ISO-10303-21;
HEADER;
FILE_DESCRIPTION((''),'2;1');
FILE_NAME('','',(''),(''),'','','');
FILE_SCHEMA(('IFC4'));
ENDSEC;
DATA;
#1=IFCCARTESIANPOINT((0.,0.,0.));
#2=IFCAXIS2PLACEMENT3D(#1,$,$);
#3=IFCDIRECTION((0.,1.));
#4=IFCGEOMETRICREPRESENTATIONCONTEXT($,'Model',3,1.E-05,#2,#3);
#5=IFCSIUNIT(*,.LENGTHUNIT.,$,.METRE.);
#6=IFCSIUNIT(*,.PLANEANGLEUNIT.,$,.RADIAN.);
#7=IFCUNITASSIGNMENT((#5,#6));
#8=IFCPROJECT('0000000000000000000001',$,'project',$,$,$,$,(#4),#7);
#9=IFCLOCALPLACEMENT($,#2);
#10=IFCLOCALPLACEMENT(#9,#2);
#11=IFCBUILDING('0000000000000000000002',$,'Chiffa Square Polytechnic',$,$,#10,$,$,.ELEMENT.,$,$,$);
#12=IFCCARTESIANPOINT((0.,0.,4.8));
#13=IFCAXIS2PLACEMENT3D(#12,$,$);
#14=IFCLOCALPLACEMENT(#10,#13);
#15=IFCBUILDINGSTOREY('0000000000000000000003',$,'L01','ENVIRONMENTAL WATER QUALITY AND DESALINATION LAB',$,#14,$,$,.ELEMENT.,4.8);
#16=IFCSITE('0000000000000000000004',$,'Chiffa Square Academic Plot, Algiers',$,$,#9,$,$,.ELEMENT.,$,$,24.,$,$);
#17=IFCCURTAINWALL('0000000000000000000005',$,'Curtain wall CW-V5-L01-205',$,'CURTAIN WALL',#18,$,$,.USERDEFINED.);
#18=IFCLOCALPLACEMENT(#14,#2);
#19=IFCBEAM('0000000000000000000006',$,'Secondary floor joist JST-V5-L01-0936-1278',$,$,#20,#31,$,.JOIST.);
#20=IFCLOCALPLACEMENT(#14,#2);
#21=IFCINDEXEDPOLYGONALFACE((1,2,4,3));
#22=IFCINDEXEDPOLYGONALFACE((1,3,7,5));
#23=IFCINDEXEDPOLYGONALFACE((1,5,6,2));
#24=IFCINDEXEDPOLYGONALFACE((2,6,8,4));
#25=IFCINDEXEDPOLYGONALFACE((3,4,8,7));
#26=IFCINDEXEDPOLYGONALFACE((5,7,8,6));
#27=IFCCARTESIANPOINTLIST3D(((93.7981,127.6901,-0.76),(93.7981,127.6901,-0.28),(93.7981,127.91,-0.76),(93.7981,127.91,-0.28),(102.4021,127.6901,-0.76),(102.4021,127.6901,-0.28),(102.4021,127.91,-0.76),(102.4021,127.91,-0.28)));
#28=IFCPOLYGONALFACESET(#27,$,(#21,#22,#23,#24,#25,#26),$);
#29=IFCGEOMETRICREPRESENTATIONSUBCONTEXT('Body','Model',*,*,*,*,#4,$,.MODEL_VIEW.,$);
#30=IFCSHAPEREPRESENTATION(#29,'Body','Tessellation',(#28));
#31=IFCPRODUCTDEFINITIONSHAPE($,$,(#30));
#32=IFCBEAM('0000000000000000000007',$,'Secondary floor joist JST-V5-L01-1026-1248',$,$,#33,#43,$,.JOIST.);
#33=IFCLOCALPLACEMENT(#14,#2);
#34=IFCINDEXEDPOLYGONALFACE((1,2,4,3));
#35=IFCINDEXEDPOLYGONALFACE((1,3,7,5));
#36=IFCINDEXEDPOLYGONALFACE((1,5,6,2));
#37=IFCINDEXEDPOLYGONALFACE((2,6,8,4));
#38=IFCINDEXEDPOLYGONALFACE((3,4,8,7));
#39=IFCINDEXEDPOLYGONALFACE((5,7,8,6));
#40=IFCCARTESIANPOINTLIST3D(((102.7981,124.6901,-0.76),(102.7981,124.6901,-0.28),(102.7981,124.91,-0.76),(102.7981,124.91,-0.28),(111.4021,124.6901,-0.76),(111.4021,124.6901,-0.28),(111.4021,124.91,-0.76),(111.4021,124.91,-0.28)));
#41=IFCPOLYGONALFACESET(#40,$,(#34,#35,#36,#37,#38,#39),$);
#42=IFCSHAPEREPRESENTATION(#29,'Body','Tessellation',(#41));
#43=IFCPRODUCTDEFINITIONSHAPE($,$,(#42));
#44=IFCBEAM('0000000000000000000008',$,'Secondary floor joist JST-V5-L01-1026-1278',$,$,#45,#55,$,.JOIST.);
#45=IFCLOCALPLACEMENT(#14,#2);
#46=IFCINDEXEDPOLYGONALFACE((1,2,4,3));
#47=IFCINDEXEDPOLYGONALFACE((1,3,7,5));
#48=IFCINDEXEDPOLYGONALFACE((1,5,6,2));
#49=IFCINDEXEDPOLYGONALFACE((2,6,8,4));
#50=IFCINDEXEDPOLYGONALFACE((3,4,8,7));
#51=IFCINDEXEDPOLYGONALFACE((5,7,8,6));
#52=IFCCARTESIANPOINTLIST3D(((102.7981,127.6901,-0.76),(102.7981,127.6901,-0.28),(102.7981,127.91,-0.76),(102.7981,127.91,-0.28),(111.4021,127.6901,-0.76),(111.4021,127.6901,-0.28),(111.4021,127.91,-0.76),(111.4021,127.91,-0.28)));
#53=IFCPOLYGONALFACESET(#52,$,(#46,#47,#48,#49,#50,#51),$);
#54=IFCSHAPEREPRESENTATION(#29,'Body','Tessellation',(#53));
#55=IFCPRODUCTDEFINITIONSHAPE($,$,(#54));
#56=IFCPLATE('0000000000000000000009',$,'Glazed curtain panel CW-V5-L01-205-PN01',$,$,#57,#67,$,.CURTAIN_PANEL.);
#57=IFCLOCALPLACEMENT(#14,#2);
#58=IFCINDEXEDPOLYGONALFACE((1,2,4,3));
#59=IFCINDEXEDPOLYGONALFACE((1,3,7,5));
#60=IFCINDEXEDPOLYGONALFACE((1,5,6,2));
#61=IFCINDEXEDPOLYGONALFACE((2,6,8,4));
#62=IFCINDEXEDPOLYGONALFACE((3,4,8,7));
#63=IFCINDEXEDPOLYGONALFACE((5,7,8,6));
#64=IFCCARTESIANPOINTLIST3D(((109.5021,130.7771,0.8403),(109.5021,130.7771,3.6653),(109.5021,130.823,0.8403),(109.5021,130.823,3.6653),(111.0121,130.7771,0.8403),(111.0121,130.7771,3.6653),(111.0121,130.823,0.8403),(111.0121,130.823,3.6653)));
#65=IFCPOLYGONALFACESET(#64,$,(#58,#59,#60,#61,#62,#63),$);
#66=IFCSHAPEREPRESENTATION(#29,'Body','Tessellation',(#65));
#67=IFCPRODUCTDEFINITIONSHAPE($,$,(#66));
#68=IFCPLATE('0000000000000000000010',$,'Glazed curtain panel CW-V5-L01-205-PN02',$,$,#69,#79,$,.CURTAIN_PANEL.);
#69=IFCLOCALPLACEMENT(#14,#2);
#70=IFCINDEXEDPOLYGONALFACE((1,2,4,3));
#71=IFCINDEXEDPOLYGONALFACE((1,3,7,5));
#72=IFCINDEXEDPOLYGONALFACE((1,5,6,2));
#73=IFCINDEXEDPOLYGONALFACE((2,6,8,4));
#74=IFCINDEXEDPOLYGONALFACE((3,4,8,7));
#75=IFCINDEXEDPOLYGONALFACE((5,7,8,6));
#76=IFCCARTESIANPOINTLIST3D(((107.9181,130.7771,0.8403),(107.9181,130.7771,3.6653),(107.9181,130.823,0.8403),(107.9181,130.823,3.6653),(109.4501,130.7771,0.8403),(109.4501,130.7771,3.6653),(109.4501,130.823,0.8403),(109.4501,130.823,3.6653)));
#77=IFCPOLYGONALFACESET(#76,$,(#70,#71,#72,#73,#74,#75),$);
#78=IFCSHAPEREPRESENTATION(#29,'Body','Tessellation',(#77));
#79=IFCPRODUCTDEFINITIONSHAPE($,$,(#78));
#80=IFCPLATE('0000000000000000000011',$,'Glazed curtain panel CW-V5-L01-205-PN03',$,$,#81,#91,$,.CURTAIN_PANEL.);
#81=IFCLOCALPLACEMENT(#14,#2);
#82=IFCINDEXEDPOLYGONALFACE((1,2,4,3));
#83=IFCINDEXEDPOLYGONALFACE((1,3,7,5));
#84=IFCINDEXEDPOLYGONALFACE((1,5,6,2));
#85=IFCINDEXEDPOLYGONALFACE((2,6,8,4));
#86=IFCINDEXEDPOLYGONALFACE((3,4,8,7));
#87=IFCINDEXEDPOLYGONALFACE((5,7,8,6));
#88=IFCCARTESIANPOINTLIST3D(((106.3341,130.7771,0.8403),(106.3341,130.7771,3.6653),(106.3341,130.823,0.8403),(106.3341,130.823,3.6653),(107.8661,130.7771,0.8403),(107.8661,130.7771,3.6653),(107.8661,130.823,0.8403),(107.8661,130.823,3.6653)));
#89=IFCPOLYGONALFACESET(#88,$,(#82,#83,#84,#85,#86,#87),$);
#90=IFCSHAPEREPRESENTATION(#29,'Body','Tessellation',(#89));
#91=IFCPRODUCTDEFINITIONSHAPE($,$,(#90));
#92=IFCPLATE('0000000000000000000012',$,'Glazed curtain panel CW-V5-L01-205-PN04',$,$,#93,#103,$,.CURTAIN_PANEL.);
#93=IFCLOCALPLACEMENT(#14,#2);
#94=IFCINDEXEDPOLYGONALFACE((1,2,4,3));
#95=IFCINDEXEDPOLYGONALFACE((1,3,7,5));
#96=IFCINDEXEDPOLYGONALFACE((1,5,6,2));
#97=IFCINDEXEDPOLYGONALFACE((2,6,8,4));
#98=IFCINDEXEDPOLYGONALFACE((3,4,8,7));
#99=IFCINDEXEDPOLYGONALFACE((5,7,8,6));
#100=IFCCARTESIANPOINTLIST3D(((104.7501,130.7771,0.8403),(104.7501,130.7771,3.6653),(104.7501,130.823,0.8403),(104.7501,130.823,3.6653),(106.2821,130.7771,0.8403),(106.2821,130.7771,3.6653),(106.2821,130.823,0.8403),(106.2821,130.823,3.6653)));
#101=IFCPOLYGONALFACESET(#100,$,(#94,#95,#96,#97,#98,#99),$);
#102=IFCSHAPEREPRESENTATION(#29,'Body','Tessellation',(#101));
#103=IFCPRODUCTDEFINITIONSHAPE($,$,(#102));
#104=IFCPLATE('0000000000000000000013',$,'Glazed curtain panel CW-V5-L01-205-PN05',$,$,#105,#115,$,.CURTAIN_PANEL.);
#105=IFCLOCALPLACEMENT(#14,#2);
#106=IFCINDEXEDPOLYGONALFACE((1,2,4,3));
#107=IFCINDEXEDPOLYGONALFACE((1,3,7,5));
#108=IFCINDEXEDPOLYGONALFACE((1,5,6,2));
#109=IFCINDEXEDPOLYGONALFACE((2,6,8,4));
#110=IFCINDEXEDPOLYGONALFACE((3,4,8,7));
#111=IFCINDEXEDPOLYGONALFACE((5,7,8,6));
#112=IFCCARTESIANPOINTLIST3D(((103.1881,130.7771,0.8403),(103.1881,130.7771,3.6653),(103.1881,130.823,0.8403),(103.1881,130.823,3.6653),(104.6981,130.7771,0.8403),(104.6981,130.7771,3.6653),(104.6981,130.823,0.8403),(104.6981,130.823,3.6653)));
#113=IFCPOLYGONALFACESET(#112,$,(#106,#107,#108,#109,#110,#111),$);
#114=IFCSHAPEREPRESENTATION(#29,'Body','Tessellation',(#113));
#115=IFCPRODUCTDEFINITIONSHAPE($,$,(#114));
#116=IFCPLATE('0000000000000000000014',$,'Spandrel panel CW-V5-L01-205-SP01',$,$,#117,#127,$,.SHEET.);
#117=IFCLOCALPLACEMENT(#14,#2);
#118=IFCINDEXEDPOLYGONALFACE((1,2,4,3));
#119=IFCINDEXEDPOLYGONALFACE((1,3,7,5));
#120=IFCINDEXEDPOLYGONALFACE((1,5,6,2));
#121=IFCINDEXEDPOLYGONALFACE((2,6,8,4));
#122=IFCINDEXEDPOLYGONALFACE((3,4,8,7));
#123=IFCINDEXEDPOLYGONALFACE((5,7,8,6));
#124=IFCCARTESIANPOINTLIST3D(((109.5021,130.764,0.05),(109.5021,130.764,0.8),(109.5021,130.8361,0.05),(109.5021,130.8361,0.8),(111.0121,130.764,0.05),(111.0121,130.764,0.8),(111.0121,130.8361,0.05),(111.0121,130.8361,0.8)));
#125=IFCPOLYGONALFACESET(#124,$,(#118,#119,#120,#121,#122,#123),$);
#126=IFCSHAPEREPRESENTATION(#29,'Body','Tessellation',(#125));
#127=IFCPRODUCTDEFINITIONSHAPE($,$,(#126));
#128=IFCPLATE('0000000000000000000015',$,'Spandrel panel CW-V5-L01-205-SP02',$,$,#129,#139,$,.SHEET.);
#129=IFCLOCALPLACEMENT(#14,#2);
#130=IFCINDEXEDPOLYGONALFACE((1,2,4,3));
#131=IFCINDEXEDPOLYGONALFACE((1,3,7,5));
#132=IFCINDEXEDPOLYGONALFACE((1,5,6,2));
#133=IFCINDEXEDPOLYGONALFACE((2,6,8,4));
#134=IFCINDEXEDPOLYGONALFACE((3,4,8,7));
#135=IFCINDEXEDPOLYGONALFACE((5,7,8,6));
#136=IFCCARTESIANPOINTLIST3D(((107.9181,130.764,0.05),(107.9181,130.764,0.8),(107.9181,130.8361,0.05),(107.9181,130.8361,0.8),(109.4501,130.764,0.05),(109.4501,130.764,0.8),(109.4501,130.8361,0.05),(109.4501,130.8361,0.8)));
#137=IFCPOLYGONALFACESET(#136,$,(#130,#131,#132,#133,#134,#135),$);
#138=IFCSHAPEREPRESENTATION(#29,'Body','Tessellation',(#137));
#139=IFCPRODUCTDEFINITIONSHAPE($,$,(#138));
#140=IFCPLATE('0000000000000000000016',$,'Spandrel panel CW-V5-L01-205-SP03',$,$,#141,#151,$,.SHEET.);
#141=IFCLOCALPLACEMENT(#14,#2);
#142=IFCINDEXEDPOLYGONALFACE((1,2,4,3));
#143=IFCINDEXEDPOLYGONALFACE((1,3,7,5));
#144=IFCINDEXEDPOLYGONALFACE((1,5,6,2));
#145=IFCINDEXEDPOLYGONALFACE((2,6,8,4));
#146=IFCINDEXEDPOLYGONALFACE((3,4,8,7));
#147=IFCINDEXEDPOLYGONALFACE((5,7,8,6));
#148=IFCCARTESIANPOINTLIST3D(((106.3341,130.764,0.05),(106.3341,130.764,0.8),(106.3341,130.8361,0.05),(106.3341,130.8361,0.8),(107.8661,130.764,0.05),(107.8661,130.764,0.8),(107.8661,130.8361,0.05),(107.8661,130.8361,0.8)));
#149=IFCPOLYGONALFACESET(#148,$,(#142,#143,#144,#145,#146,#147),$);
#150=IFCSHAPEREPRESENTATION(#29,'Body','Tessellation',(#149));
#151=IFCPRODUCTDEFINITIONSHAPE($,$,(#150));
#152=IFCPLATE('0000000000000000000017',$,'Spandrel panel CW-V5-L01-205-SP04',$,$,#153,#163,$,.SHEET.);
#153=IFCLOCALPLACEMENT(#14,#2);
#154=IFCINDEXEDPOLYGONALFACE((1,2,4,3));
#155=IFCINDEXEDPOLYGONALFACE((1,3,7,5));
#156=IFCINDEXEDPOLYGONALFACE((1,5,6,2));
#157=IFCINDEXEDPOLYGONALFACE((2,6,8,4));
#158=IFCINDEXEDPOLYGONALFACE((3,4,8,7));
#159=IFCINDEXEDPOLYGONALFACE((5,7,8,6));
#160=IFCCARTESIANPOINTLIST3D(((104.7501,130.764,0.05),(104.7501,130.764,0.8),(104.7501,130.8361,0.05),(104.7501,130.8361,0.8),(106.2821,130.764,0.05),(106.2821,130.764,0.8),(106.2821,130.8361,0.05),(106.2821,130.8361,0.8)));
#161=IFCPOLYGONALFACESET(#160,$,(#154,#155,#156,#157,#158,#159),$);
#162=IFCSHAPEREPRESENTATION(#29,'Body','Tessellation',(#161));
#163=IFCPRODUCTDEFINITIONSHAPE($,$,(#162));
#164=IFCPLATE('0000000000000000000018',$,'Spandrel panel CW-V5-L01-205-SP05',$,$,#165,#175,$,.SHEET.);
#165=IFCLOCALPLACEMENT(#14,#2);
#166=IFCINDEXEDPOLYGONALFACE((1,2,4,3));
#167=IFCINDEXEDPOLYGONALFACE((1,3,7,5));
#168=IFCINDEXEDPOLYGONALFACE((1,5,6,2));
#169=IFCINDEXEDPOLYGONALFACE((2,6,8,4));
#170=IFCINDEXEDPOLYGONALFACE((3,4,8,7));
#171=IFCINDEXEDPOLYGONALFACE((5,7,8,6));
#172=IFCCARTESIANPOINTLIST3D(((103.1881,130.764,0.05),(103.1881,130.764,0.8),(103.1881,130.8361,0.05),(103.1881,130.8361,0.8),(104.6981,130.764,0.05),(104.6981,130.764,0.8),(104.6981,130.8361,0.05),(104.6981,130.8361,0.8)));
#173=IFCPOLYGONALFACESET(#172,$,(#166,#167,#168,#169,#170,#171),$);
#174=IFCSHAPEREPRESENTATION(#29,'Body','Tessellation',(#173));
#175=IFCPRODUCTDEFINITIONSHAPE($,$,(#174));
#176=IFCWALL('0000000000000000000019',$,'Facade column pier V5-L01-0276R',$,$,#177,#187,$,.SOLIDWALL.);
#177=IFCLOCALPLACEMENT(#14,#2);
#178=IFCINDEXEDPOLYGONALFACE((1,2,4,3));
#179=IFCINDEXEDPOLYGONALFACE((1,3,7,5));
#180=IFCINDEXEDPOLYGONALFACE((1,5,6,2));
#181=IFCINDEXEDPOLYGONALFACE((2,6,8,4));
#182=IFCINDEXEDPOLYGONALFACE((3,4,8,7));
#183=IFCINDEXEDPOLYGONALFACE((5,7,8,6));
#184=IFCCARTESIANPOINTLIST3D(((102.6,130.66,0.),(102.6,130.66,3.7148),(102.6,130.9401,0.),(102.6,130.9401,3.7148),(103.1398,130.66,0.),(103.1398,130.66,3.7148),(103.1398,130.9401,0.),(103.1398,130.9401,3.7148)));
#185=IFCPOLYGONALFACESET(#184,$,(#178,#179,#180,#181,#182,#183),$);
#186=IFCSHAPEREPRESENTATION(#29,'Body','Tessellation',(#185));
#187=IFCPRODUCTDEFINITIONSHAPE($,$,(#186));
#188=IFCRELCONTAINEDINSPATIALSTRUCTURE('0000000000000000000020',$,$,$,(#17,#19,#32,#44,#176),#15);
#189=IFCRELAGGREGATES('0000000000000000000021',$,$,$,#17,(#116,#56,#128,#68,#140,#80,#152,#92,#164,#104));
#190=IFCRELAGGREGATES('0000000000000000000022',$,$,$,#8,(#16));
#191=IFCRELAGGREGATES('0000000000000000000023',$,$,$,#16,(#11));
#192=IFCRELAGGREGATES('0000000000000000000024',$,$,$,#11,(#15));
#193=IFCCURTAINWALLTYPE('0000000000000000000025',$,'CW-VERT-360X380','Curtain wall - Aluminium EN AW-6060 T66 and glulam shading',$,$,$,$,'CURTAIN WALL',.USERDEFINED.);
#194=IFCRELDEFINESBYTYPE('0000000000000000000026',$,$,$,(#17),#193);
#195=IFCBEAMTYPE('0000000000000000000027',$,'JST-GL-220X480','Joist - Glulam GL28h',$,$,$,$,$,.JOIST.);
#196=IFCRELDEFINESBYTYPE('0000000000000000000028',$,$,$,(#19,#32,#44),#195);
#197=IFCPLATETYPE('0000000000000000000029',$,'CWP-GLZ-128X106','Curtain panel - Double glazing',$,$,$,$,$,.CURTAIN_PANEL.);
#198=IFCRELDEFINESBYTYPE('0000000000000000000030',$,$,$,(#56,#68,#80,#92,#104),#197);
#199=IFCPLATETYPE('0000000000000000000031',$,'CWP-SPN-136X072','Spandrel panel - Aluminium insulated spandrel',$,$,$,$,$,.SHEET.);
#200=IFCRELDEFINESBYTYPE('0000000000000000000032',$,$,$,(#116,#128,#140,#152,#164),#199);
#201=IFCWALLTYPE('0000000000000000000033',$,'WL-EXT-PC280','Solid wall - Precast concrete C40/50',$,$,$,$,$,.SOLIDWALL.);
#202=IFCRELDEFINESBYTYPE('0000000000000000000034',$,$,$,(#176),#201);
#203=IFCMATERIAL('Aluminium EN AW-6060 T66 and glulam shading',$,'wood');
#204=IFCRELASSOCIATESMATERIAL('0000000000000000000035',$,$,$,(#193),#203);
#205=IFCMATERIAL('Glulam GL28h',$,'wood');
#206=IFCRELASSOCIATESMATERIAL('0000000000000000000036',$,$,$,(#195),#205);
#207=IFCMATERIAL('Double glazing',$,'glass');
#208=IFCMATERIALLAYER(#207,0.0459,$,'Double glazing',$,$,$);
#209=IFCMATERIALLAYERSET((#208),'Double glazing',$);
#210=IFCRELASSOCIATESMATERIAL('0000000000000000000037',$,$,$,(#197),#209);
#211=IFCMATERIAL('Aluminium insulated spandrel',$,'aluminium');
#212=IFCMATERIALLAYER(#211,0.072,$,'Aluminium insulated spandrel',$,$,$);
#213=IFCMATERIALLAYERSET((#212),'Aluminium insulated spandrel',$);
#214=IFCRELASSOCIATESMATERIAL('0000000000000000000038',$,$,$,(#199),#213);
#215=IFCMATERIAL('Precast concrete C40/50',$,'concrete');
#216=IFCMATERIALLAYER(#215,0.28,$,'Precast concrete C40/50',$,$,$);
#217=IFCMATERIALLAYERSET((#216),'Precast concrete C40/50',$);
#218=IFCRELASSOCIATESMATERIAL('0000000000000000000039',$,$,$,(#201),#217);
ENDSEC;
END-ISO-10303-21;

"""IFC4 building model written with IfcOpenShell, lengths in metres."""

from ifc_helpers import new_model, si_unit, direction, frame, frame_2d, origin, origin_2d, place, context, subcontext, project, spatial, rectangle, extrude, material, layer, layer_set, material_profile, profile_set, type_object, element, aggregate, save


model = new_model("IFC4")

# Units and contexts
model_context = context("Model", 3, precision=1e-05, world=origin(), true_north=direction((0.0, 1.0)))
body_context = subcontext(model_context, "Body", "Model", "MODEL_VIEW")
ifc_project = project(units=[si_unit("LENGTHUNIT", "METRE"), si_unit("PLANEANGLEUNIT", "RADIAN")], contexts=[model_context])

# Site, building, storey
site_placement = place(None, origin())
site = spatial("IfcSite", under=ifc_project, at=site_placement, Name="Chiffa Square Academic Plot, Algiers", CompositionType="ELEMENT", RefElevation=24.0)
building_placement = place(site_placement, origin())
building = spatial("IfcBuilding", under=site, at=building_placement, Name="Chiffa Square Polytechnic", CompositionType="ELEMENT")
storey_placement = place(building_placement, frame((0.0, 0.0, 4.8)))
storey = spatial("IfcBuildingStorey", under=building, at=storey_placement, Name="L01", Description="ENVIRONMENTAL WATER QUALITY AND DESALINATION LAB", CompositionType="ELEMENT", Elevation=4.8)

# Curtain wall
ifc_material_1 = material(Name="Aluminium EN AW-6060 T66 and glulam shading", Category="wood")
curtain_wall_type = type_object("IfcCurtainWallType", Name="CW-VERT-360X380", Description="Curtain wall - Aluminium EN AW-6060 T66 and glulam shading", ElementType="CURTAIN WALL", PredefinedType="USERDEFINED", material=ifc_material_1)
curtain_wall_placement = place(storey_placement, origin())
curtain_wall = element("IfcCurtainWall", 1, at=curtain_wall_placement, inside=storey, type_object=curtain_wall_type, Name="Curtain wall CW-V5-L01-205", ObjectType="CURTAIN WALL", PredefinedType="USERDEFINED")
ifc_material_2 = material(Name="Glulam GL28h", Category="wood")

# Beams
ifc_material_profile_1 = material_profile(ifc_material_2, rectangle(XDim=0.22, YDim=0.48, at=origin_2d()), Name="GL28h 220x480")
ifc_profile_set_1 = profile_set([ifc_material_profile_1], Name="Glulam GL28h")
beam_type_1 = type_object("IfcBeamType", Name="JST-GL-220X480", Description="Joist - Glulam GL28h", PredefinedType="JOIST", material=ifc_profile_set_1)
for number, where, z_axis, x_axis, name in (
    (2, (93.7981, 127.8, -0.52), (1.0, 0.0, 0.0), (0.0, 1.0, 0.0), "Secondary floor joist JST-V5-L01-0936-1278"),
    (3, (102.7981, 124.8, -0.52), (1.0, 0.0, 0.0), (0.0, 1.0, 0.0), "Secondary floor joist JST-V5-L01-1026-1248"),
    (4, (102.7981, 127.8, -0.52), (1.0, 0.0, 0.0), (0.0, 1.0, 0.0), "Secondary floor joist JST-V5-L01-1026-1278"),
):
    element("IfcBeam", number, at=place(storey_placement, frame(where, z_axis=z_axis, x_axis=x_axis)), inside=storey, type_object=beam_type_1, Name=name, PredefinedType="JOIST", context=body_context, shape_type="SweptSolid", body=[
        extrude(rectangle(XDim=0.22, YDim=0.48, at=origin_2d()), origin(), (0.0, 0.0, 1.0), 8.604),
    ])

# Plates
ifc_material_3 = material(Name="Double glazing", Category="glass")
ifc_layer_1 = layer(ifc_material_3, 0.0459, Name="Double glazing")
ifc_layer_set_1 = layer_set([ifc_layer_1], Name="Double glazing")
plate_type_1 = type_object("IfcPlateType", Name="CWP-GLZ-128X106", Description="Curtain panel - Double glazing", PredefinedType="CURTAIN_PANEL", material=ifc_layer_set_1)
plate_1_placement = place(storey_placement, frame((110.2571, 130.8, 0.8403), z_axis=(0.0, 0.0, 1.0), x_axis=(-1.0, 0.0, 0.0)))
plate_1 = element("IfcPlate", 5, at=plate_1_placement, type_object=plate_type_1, Name="Glazed curtain panel CW-V5-L01-205-PN01", PredefinedType="CURTAIN_PANEL", context=body_context, shape_type="SweptSolid", body=[
    extrude(rectangle(XDim=1.51, YDim=0.0459, at=origin_2d()), origin(), (0.0, 0.0, 1.0), 2.825),
])
plate_2_placement = place(storey_placement, frame((108.6841, 130.8, 0.8403), z_axis=(0.0, 0.0, 1.0), x_axis=(-1.0, 0.0, 0.0)))
plate_2 = element("IfcPlate", 6, at=plate_2_placement, type_object=plate_type_1, Name="Glazed curtain panel CW-V5-L01-205-PN02", PredefinedType="CURTAIN_PANEL", context=body_context, shape_type="SweptSolid", body=[
    extrude(rectangle(XDim=1.532, YDim=0.0459, at=origin_2d()), origin(), (0.0, 0.0, 1.0), 2.825),
])
plate_3_placement = place(storey_placement, frame((107.1001, 130.8, 0.8403), z_axis=(0.0, 0.0, 1.0), x_axis=(-1.0, 0.0, 0.0)))
plate_3 = element("IfcPlate", 7, at=plate_3_placement, type_object=plate_type_1, Name="Glazed curtain panel CW-V5-L01-205-PN03", PredefinedType="CURTAIN_PANEL", context=body_context, shape_type="SweptSolid", body=[
    extrude(rectangle(XDim=1.532, YDim=0.0459, at=origin_2d()), origin(), (0.0, 0.0, 1.0), 2.825),
])
plate_4_placement = place(storey_placement, frame((105.5161, 130.8, 0.8403), z_axis=(0.0, 0.0, 1.0), x_axis=(-1.0, 0.0, 0.0)))
plate_4 = element("IfcPlate", 8, at=plate_4_placement, type_object=plate_type_1, Name="Glazed curtain panel CW-V5-L01-205-PN04", PredefinedType="CURTAIN_PANEL", context=body_context, shape_type="SweptSolid", body=[
    extrude(rectangle(XDim=1.532, YDim=0.0459, at=origin_2d()), origin(), (0.0, 0.0, 1.0), 2.825),
])
plate_5_placement = place(storey_placement, frame((103.9431, 130.8, 0.8403), z_axis=(0.0, 0.0, 1.0), x_axis=(-1.0, 0.0, 0.0)))
plate_5 = element("IfcPlate", 9, at=plate_5_placement, type_object=plate_type_1, Name="Glazed curtain panel CW-V5-L01-205-PN05", PredefinedType="CURTAIN_PANEL", context=body_context, shape_type="SweptSolid", body=[
    extrude(rectangle(XDim=1.51, YDim=0.0459, at=origin_2d()), origin(), (0.0, 0.0, 1.0), 2.825),
])
ifc_material_4 = material(Name="Aluminium insulated spandrel", Category="aluminium")
ifc_layer_2 = layer(ifc_material_4, 0.072, Name="Aluminium insulated spandrel")
ifc_layer_set_2 = layer_set([ifc_layer_2], Name="Aluminium insulated spandrel")
plate_type_2 = type_object("IfcPlateType", Name="CWP-SPN-136X072", Description="Spandrel panel - Aluminium insulated spandrel", PredefinedType="SHEET", material=ifc_layer_set_2)
plate_6_placement = place(storey_placement, frame((110.2571, 130.8, 0.05), z_axis=(0.0, 0.0, 1.0), x_axis=(-1.0, 0.0, 0.0)))
plate_6 = element("IfcPlate", 10, at=plate_6_placement, type_object=plate_type_2, Name="Spandrel panel CW-V5-L01-205-SP01", PredefinedType="SHEET", context=body_context, shape_type="SweptSolid", body=[
    extrude(rectangle(XDim=1.51, YDim=0.072, at=origin_2d()), origin(), (0.0, 0.0, 1.0), 0.75),
])
plate_7_placement = place(storey_placement, frame((108.6841, 130.8, 0.05), z_axis=(0.0, 0.0, 1.0), x_axis=(-1.0, 0.0, 0.0)))
plate_7 = element("IfcPlate", 11, at=plate_7_placement, type_object=plate_type_2, Name="Spandrel panel CW-V5-L01-205-SP02", PredefinedType="SHEET", context=body_context, shape_type="SweptSolid", body=[
    extrude(rectangle(XDim=1.532, YDim=0.072, at=origin_2d()), origin(), (0.0, 0.0, 1.0), 0.75),
])
plate_8_placement = place(storey_placement, frame((107.1001, 130.8, 0.05), z_axis=(0.0, 0.0, 1.0), x_axis=(-1.0, 0.0, 0.0)))
plate_8 = element("IfcPlate", 12, at=plate_8_placement, type_object=plate_type_2, Name="Spandrel panel CW-V5-L01-205-SP03", PredefinedType="SHEET", context=body_context, shape_type="SweptSolid", body=[
    extrude(rectangle(XDim=1.532, YDim=0.072, at=origin_2d()), origin(), (0.0, 0.0, 1.0), 0.75),
])
plate_9_placement = place(storey_placement, frame((105.5161, 130.8, 0.05), z_axis=(0.0, 0.0, 1.0), x_axis=(-1.0, 0.0, 0.0)))
plate_9 = element("IfcPlate", 13, at=plate_9_placement, type_object=plate_type_2, Name="Spandrel panel CW-V5-L01-205-SP04", PredefinedType="SHEET", context=body_context, shape_type="SweptSolid", body=[
    extrude(rectangle(XDim=1.532, YDim=0.072, at=origin_2d()), origin(), (0.0, 0.0, 1.0), 0.75),
])
plate_10_placement = place(storey_placement, frame((103.9431, 130.8, 0.05), z_axis=(0.0, 0.0, 1.0), x_axis=(-1.0, 0.0, 0.0)))
plate_10 = element("IfcPlate", 14, at=plate_10_placement, type_object=plate_type_2, Name="Spandrel panel CW-V5-L01-205-SP05", PredefinedType="SHEET", context=body_context, shape_type="SweptSolid", body=[
    extrude(rectangle(XDim=1.51, YDim=0.072, at=origin_2d()), origin(), (0.0, 0.0, 1.0), 0.75),
])
aggregate(curtain_wall, [plate_6, plate_1, plate_7, plate_2, plate_8, plate_3, plate_9, plate_4, plate_10, plate_5])

# Wall
ifc_material_5 = material(Name="Precast concrete C40/50", Category="concrete")
ifc_layer_3 = layer(ifc_material_5, 0.28, Name="Precast concrete C40/50")
ifc_layer_set_3 = layer_set([ifc_layer_3], Name="Precast concrete C40/50")
wall_type_1 = type_object("IfcWallType", Name="WL-EXT-PC280", Description="Solid wall - Precast concrete C40/50", PredefinedType="SOLIDWALL", material=ifc_layer_set_3)
wall_1_placement = place(storey_placement, frame((103.1399, 130.8, 0.0), z_axis=(0.0, 0.0, 1.0), x_axis=(-1.0, 0.0, 0.0)))
element("IfcWall", 15, at=wall_1_placement, inside=storey, type_object=wall_type_1, Name="Facade column pier V5-L01-0276R", PredefinedType="SOLIDWALL", context=body_context, shape_type="SweptSolid", body=[
    extrude(rectangle(XDim=0.5398, YDim=0.28, at=frame_2d((0.27, 0.0))), origin(), (0.0, 0.0, 1.0), 3.7148),
])

save(model, "model.ifc")
